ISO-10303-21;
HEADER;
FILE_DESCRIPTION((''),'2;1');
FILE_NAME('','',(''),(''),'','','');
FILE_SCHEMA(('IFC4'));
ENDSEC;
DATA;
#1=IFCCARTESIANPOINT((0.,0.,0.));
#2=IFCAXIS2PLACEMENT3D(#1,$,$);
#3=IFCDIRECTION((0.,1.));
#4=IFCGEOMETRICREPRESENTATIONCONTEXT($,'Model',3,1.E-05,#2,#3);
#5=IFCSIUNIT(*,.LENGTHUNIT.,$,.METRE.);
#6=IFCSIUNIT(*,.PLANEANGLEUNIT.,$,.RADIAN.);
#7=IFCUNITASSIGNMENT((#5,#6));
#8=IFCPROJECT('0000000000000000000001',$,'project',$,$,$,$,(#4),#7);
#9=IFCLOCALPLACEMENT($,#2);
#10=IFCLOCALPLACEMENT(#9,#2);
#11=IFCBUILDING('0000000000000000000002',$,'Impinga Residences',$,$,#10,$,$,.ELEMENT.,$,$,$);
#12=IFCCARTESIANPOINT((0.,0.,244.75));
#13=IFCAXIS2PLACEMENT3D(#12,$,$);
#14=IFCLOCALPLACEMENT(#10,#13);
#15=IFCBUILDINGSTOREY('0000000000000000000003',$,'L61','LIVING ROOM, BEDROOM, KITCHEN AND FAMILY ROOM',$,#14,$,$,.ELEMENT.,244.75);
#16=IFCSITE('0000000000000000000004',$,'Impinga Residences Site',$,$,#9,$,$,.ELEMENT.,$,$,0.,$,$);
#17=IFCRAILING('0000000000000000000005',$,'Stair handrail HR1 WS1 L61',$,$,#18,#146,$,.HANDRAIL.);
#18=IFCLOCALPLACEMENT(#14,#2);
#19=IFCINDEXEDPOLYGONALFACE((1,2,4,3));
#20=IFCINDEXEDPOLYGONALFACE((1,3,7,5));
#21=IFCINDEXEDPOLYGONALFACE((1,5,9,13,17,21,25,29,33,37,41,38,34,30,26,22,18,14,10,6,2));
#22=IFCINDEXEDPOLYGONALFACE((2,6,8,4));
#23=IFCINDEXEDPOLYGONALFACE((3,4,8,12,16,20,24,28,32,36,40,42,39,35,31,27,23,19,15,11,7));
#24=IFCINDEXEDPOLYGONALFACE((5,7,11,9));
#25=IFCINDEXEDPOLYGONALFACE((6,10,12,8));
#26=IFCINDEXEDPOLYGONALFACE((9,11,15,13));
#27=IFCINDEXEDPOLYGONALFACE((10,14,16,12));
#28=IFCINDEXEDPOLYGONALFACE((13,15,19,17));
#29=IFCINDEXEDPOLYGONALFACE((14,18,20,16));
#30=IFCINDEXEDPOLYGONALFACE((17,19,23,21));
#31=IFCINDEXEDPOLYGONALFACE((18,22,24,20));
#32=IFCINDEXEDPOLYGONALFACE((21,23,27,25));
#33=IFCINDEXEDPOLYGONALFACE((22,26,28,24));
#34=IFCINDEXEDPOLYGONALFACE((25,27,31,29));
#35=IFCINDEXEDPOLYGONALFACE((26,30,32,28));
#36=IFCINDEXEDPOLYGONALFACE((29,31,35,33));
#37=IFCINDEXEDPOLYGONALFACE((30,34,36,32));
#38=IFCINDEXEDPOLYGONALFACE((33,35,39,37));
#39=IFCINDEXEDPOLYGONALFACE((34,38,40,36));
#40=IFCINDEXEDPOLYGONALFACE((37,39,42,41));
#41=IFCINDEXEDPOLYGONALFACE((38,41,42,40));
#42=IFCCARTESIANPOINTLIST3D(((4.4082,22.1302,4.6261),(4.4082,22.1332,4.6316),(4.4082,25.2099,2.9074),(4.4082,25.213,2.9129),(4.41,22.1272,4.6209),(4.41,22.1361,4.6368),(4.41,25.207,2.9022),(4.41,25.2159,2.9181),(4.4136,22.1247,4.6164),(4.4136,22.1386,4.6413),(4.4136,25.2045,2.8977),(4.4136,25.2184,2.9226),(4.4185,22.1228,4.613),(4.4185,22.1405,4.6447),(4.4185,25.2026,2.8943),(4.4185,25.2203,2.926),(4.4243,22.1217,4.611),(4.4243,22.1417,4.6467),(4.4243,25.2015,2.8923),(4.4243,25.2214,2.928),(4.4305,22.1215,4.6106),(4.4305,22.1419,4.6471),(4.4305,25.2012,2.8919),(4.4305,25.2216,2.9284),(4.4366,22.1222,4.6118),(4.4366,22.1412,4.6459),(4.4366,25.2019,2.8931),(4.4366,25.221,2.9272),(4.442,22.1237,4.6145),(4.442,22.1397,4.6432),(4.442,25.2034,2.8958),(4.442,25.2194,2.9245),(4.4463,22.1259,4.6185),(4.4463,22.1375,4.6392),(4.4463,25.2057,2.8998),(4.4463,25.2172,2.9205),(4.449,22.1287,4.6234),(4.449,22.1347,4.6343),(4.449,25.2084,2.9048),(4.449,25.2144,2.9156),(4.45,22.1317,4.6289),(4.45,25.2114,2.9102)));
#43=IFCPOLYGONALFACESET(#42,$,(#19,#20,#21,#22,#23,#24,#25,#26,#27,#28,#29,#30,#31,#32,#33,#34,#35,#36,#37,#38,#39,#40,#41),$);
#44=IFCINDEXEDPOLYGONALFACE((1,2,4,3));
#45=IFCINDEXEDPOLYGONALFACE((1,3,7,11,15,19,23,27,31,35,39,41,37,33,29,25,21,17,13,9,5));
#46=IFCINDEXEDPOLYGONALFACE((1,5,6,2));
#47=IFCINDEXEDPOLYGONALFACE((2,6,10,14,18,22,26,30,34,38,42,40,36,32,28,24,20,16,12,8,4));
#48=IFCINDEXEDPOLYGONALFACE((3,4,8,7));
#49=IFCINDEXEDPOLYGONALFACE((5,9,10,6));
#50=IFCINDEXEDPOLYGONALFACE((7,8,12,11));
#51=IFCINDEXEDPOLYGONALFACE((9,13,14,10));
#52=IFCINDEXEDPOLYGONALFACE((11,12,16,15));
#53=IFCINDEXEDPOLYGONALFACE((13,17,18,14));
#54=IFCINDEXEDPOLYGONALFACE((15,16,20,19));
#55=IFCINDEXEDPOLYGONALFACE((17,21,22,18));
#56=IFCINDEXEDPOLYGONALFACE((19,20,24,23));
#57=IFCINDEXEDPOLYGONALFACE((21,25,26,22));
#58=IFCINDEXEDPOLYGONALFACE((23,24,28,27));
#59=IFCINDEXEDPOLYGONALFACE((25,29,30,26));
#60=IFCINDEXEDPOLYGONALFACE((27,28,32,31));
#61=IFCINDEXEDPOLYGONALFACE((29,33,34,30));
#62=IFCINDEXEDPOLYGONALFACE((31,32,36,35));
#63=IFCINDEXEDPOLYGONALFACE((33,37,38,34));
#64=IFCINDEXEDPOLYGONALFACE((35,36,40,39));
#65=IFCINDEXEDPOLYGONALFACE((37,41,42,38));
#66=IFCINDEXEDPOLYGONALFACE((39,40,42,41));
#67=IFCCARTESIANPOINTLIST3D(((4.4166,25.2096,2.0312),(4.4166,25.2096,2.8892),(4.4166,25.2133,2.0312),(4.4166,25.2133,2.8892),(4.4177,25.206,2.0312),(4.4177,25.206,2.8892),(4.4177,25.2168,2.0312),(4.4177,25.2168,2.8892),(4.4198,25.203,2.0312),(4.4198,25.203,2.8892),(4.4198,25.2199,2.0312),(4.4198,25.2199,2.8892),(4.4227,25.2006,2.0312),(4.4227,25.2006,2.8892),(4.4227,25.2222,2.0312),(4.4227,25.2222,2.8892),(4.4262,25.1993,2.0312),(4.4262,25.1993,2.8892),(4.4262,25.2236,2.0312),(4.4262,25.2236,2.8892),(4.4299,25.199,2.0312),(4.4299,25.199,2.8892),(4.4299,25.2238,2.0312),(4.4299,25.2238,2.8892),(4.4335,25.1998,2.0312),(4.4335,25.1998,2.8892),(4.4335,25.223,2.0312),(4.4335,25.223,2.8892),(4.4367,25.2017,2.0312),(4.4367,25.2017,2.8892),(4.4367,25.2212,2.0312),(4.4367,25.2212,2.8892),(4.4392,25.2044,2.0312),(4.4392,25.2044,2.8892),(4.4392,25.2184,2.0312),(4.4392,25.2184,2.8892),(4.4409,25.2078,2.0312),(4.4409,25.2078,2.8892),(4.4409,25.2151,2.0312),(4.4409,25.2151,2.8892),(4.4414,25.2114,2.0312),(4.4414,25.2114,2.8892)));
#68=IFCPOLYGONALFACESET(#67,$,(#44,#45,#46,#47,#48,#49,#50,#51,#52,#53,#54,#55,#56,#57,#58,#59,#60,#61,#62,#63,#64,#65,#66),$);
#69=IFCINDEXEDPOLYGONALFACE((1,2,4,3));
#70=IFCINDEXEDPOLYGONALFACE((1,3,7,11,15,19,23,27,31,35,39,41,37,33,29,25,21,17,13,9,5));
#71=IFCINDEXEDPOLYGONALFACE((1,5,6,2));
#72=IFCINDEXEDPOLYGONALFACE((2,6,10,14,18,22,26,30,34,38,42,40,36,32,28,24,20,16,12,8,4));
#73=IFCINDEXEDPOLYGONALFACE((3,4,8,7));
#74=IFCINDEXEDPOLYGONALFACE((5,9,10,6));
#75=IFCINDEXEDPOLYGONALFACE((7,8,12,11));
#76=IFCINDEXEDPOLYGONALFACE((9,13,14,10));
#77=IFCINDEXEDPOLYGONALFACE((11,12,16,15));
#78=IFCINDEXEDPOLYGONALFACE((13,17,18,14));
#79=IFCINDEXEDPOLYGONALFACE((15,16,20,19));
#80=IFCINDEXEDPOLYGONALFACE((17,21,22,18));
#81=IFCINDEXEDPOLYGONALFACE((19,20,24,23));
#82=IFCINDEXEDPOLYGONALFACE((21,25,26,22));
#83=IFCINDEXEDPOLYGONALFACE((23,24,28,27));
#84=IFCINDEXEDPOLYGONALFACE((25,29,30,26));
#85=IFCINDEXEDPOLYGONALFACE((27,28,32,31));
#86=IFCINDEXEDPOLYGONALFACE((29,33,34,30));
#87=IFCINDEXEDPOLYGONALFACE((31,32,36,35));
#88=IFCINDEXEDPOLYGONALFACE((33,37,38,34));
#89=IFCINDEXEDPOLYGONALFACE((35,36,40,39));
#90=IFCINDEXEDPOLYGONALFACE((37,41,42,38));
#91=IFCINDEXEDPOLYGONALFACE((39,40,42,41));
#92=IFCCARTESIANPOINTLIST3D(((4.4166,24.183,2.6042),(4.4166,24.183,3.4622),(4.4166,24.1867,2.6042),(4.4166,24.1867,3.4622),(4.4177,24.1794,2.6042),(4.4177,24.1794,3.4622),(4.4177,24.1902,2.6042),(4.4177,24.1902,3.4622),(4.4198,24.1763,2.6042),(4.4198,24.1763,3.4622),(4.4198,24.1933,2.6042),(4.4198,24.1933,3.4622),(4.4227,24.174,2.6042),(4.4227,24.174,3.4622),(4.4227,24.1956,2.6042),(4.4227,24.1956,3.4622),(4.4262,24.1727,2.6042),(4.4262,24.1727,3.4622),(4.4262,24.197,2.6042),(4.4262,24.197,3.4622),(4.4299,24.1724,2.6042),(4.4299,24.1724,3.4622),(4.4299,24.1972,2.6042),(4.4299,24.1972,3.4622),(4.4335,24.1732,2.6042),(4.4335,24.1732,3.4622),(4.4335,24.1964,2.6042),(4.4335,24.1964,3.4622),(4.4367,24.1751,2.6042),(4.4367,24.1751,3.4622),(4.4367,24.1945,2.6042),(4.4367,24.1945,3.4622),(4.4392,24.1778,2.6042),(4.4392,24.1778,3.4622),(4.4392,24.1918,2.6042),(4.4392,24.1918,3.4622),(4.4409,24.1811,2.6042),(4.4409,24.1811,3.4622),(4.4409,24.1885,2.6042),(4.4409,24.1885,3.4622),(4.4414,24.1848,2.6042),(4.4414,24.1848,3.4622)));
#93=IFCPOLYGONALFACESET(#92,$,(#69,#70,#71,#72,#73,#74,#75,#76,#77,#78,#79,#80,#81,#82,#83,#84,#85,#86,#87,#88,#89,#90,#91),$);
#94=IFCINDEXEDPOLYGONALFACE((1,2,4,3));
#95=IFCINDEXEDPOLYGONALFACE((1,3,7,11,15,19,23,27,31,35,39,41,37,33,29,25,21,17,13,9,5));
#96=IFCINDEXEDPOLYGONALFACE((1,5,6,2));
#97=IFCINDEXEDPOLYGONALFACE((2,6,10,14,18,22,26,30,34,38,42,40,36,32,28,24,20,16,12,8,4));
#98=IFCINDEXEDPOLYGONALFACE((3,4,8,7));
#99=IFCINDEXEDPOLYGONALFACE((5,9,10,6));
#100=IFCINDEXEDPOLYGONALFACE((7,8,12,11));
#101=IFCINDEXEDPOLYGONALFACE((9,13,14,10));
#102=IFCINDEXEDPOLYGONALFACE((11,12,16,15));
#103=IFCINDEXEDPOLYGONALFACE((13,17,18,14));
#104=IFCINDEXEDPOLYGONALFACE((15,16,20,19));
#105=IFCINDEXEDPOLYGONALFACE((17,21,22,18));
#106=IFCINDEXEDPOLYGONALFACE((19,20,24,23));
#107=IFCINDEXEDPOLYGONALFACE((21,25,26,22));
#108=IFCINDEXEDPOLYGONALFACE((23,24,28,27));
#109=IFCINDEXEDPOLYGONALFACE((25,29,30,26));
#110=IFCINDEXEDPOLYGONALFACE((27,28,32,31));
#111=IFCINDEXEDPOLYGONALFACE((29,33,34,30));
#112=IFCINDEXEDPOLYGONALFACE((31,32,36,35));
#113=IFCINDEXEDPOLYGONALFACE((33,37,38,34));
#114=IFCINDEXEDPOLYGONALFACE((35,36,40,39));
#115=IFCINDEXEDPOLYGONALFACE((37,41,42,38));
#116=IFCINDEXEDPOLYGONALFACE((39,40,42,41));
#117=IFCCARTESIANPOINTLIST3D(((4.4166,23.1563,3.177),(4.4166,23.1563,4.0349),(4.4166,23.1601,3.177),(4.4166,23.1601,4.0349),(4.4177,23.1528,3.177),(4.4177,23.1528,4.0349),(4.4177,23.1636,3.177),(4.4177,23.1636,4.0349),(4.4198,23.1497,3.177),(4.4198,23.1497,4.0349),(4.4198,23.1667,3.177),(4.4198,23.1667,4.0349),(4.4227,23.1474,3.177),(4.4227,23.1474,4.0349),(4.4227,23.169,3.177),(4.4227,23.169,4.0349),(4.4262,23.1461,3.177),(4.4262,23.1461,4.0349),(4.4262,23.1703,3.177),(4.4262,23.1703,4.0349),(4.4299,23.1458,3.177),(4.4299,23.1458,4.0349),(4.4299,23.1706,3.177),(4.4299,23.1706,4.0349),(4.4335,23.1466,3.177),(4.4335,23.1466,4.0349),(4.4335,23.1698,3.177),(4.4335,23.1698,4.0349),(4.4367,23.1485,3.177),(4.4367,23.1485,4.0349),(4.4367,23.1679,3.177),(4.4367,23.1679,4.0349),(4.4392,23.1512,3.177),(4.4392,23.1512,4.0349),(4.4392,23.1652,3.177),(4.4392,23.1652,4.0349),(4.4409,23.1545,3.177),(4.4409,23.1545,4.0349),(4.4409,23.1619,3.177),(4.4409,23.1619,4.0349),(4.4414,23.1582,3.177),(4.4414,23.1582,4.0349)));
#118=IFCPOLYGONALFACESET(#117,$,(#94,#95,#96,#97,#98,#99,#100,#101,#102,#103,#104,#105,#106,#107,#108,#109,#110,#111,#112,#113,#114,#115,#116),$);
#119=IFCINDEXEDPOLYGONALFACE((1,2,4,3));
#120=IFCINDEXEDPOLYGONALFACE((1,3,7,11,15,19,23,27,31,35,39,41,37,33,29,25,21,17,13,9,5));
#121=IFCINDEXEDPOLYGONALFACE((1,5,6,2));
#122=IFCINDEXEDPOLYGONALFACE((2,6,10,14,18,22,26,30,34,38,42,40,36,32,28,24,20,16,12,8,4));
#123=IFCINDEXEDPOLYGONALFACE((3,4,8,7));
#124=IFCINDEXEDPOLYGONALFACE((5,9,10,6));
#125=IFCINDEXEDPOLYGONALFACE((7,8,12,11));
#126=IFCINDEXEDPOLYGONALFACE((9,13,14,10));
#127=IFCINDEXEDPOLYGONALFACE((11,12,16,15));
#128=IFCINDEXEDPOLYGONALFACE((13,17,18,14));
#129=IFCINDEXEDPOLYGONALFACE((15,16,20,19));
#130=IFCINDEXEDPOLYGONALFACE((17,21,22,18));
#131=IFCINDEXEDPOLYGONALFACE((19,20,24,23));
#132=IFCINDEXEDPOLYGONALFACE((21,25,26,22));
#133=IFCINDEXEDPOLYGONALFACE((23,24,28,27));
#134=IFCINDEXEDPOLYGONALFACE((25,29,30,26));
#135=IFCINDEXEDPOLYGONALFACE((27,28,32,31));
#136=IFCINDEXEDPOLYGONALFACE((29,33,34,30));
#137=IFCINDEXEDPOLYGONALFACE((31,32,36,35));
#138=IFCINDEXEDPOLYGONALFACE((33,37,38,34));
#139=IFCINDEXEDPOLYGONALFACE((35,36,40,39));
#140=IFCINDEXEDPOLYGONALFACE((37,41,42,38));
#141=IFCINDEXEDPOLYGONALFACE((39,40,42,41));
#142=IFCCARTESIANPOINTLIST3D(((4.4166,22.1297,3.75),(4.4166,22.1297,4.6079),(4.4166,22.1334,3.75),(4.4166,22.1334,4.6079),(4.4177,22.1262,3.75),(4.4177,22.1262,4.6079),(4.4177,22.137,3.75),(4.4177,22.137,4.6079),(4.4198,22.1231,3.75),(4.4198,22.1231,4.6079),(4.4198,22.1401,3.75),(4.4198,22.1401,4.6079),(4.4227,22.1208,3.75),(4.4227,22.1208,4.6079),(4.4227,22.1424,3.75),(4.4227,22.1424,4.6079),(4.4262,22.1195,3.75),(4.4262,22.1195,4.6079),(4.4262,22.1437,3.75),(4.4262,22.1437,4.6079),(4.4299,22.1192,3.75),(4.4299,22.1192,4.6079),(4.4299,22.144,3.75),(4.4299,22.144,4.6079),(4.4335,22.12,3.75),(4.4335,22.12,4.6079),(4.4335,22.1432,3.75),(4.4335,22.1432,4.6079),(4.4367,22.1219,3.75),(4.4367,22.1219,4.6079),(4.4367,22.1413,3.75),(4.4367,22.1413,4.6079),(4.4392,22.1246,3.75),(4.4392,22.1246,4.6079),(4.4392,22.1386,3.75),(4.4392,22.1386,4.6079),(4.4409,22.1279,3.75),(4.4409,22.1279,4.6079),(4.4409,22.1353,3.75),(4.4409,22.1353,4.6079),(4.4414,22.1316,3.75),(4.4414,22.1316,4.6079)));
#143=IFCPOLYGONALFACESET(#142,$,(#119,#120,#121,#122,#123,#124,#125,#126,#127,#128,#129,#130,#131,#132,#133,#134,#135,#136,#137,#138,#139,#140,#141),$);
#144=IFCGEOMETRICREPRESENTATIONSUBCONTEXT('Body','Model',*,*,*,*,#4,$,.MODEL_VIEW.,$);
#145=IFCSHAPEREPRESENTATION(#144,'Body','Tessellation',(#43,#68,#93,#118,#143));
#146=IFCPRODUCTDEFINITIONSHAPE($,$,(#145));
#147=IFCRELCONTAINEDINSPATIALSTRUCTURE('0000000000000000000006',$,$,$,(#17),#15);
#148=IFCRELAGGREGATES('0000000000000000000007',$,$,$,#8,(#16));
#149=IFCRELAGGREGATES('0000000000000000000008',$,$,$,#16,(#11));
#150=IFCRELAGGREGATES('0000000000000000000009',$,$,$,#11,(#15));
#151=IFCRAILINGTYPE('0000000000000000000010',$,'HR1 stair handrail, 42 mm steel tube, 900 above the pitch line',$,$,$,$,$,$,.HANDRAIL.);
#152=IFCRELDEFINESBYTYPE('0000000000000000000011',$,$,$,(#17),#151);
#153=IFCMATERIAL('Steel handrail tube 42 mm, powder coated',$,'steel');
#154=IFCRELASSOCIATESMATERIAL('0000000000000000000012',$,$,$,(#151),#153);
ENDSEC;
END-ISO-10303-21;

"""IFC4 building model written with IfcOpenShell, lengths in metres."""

from ifc_helpers import new_model, si_unit, direction, frame, origin, origin_2d, place, context, subcontext, project, spatial, circle, extrude, material, type_object, element, save


model = new_model("IFC4")

# Units and contexts
model_context = context("Model", 3, precision=1e-05, world=origin(), true_north=direction((0.0, 1.0)))
body_context = subcontext(model_context, "Body", "Model", "MODEL_VIEW")
ifc_project = project(units=[si_unit("LENGTHUNIT", "METRE"), si_unit("PLANEANGLEUNIT", "RADIAN")], contexts=[model_context])

# Site, building, storey
site_placement = place(None, origin())
site = spatial("IfcSite", under=ifc_project, at=site_placement, Name="Impinga Residences Site", CompositionType="ELEMENT", RefElevation=0.0)
building_placement = place(site_placement, origin())
building = spatial("IfcBuilding", under=site, at=building_placement, Name="Impinga Residences", CompositionType="ELEMENT")
storey_placement = place(building_placement, frame((0.0, 0.0, 244.75)))
storey = spatial("IfcBuildingStorey", under=building, at=storey_placement, Name="L61", Description="LIVING ROOM, BEDROOM, KITCHEN AND FAMILY ROOM", CompositionType="ELEMENT", Elevation=244.75)

# Railing
ifc_material_1 = material(Name="Steel handrail tube 42 mm, powder coated", Category="steel")
railing_type_1 = type_object("IfcRailingType", Name="HR1 stair handrail, 42 mm steel tube, 900 above the pitch line", PredefinedType="HANDRAIL", material=ifc_material_1)
railing_1_placement = place(storey_placement, frame((4.429, 25.2114, 2.0312)))
element("IfcRailing", 1, at=railing_1_placement, inside=storey, type_object=railing_type_1, Name="Stair handrail HR1 WS1 L61", PredefinedType="HANDRAIL", context=body_context, shape_type="SweptSolid", body=[
    extrude(circle(Radius=0.021, at=origin_2d()), frame((0.0, 0.0, 0.8789), z_axis=(0.0, -0.873225, 0.487317), x_axis=(1.0, 0.0, 0.0)), (0.0, 0.0, 1.0), 3.5269),
    extrude(circle(Radius=0.0125, at=origin_2d()), origin(), (0.0, 0.0, 1.0), 0.8579),
    extrude(circle(Radius=0.0125, at=origin_2d()), frame((0.0, -1.0266, 0.573)), (0.0, 0.0, 1.0), 0.8579),
    extrude(circle(Radius=0.0125, at=origin_2d()), frame((0.0, -2.0532, 1.1458)), (0.0, 0.0, 1.0), 0.8579),
    extrude(circle(Radius=0.0125, at=origin_2d()), frame((0.0, -3.0798, 1.7188)), (0.0, 0.0, 1.0), 0.8579),
])

save(model, "model.ifc")
